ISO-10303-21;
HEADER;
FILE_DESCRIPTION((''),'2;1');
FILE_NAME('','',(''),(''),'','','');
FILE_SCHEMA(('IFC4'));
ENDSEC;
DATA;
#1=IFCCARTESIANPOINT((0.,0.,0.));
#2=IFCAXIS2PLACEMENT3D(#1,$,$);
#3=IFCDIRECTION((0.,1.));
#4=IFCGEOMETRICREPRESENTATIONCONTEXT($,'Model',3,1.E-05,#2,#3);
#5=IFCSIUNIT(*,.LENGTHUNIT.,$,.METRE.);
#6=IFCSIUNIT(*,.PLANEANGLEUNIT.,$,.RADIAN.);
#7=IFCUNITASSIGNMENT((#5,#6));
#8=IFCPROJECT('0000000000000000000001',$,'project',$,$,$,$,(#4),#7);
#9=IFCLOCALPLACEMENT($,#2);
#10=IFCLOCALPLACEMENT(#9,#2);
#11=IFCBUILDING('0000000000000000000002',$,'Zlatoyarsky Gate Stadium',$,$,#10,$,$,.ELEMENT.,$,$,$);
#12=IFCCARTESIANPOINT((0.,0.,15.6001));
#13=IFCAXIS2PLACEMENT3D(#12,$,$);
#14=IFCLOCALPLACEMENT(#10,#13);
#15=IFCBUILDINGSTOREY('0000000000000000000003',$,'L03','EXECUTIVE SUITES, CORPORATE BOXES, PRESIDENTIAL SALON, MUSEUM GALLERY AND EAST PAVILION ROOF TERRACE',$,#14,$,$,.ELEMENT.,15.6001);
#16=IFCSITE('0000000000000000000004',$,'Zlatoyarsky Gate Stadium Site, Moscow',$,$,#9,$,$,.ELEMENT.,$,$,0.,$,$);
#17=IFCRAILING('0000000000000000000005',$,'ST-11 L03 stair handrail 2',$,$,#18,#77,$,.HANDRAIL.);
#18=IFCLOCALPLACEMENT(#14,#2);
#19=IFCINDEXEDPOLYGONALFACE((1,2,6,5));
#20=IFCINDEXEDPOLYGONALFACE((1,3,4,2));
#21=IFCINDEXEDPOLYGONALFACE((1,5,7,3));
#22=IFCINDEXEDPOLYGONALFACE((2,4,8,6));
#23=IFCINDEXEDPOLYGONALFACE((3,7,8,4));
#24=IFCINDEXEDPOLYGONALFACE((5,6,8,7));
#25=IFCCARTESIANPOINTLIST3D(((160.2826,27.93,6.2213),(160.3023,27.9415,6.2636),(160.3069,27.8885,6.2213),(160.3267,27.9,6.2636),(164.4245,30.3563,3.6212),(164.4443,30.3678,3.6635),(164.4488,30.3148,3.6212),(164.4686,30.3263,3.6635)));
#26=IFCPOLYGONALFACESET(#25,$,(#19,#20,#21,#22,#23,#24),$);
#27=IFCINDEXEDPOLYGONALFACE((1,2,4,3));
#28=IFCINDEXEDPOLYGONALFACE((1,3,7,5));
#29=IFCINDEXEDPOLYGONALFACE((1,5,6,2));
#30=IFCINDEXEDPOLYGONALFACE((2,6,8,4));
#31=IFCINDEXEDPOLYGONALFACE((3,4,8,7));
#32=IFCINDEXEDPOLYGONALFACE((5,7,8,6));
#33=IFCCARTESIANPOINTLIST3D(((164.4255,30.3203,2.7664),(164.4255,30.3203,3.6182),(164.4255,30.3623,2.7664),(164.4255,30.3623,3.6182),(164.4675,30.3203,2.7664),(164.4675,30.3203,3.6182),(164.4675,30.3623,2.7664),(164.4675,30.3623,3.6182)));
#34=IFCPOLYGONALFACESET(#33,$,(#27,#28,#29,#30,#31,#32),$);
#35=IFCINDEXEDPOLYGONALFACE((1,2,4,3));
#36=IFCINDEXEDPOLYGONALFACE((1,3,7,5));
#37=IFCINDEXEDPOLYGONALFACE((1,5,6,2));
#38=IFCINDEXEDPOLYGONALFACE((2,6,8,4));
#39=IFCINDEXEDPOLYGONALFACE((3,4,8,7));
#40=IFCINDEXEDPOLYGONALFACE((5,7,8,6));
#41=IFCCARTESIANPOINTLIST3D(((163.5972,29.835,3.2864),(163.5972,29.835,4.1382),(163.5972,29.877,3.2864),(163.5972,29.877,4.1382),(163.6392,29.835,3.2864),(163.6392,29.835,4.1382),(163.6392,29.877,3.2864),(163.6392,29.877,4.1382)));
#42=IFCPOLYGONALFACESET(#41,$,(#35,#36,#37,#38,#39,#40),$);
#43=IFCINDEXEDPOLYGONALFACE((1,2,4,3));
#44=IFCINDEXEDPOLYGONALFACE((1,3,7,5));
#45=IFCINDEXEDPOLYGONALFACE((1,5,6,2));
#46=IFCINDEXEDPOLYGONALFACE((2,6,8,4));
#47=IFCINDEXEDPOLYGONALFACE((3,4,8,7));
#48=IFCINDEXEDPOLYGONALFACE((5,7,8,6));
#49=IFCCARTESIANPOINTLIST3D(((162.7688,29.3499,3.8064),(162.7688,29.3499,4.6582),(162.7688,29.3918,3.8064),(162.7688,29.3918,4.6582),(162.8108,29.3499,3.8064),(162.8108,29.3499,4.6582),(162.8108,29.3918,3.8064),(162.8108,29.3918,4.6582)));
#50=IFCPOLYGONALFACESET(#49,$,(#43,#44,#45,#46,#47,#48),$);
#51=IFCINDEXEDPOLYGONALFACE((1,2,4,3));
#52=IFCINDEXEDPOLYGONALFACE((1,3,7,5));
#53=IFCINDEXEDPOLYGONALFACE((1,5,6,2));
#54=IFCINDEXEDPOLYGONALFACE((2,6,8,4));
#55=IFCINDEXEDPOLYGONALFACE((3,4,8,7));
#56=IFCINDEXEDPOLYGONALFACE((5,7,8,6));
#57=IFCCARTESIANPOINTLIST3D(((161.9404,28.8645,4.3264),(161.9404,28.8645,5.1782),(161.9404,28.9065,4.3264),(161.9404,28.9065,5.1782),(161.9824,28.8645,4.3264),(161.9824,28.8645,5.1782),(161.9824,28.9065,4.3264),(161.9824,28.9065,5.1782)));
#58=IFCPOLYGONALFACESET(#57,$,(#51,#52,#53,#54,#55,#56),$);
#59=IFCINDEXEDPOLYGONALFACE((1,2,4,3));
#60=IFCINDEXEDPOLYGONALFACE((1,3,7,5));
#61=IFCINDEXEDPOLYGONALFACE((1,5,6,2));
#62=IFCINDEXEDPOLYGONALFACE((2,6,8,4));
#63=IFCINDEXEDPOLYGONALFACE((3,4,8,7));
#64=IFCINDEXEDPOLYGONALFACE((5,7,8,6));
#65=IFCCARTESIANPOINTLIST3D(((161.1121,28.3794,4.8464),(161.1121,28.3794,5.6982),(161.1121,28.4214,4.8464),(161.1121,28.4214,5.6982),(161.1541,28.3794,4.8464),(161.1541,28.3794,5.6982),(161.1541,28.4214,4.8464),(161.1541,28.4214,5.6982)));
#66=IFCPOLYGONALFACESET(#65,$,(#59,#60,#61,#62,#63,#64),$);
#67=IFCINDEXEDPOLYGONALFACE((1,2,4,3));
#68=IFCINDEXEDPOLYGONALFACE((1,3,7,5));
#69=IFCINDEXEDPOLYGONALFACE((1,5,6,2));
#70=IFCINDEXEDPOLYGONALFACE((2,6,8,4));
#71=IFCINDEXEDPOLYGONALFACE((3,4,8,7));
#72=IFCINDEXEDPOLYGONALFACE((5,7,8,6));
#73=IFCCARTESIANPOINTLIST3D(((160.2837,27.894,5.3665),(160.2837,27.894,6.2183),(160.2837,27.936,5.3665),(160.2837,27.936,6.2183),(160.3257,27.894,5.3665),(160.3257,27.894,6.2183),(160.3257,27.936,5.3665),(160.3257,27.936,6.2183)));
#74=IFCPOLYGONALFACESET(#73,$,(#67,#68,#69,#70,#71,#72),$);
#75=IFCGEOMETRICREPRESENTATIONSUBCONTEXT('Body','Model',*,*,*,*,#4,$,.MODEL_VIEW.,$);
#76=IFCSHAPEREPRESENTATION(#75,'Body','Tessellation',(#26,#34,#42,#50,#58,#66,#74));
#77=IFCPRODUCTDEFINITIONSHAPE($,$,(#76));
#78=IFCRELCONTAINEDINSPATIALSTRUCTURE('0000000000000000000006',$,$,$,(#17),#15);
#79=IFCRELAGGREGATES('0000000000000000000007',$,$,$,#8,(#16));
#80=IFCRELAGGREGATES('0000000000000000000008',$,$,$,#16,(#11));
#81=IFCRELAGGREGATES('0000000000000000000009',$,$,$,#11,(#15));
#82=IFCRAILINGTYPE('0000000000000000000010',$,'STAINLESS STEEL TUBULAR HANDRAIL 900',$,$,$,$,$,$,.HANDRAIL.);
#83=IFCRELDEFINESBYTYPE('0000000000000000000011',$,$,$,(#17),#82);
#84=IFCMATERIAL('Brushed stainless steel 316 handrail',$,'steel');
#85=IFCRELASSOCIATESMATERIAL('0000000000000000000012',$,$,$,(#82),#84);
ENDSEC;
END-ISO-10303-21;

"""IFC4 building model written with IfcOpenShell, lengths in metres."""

from ifc_helpers import new_model, si_unit, direction, frame, origin, origin_2d, place, context, subcontext, project, spatial, rectangle, extrude, material, type_object, element, save


model = new_model("IFC4")

# Units and contexts
model_context = context("Model", 3, precision=1e-05, world=origin(), true_north=direction((0.0, 1.0)))
body_context = subcontext(model_context, "Body", "Model", "MODEL_VIEW")
ifc_project = project(units=[si_unit("LENGTHUNIT", "METRE"), si_unit("PLANEANGLEUNIT", "RADIAN")], contexts=[model_context])

# Site, building, storey
site_placement = place(None, origin())
site = spatial("IfcSite", under=ifc_project, at=site_placement, Name="Zlatoyarsky Gate Stadium Site, Moscow", CompositionType="ELEMENT", RefElevation=0.0)
building_placement = place(site_placement, origin())
building = spatial("IfcBuilding", under=site, at=building_placement, Name="Zlatoyarsky Gate Stadium", CompositionType="ELEMENT")
storey_placement = place(building_placement, frame((0.0, 0.0, 15.6001)))
storey = spatial("IfcBuildingStorey", under=building, at=storey_placement, Name="L03", Description="EXECUTIVE SUITES, CORPORATE BOXES, PRESIDENTIAL SALON, MUSEUM GALLERY AND EAST PAVILION ROOF TERRACE", CompositionType="ELEMENT", Elevation=15.6001)

# Railing
ifc_material_1 = material(Name="Brushed stainless steel 316 handrail", Category="steel")
railing_type_1 = type_object("IfcRailingType", Name="STAINLESS STEEL TUBULAR HANDRAIL 900", PredefinedType="HANDRAIL", material=ifc_material_1)
railing_1_placement = place(storey_placement, frame((164.4465, 30.3413, 2.7664)))
element("IfcRailing", 1, at=railing_1_placement, inside=storey, type_object=railing_type_1, Name="ST-11 L03 stair handrail 2", PredefinedType="HANDRAIL", context=body_context, shape_type="SweptSolid", body=[
    extrude(rectangle(XDim=0.0481, YDim=0.0481, at=origin_2d()), frame((0.0, 0.0, 0.876), z_axis=(-0.7587, -0.444442, 0.476284), x_axis=(0.505455, -0.862853, 0.0)), (0.0, 0.0, 1.0), 5.4592),
    extrude(rectangle(XDim=0.042, YDim=0.042, at=origin_2d()), origin(), (0.0, 0.0, 1.0), 0.8518),
    extrude(rectangle(XDim=0.042, YDim=0.042, at=origin_2d()), frame((-0.8284, -0.4854, 0.52)), (0.0, 0.0, 1.0), 0.8518),
    extrude(rectangle(XDim=0.042, YDim=0.042, at=origin_2d()), frame((-1.6567, -0.9705, 1.04)), (0.0, 0.0, 1.0), 0.8518),
    extrude(rectangle(XDim=0.042, YDim=0.042, at=origin_2d()), frame((-2.4851, -1.4558, 1.5601)), (0.0, 0.0, 1.0), 0.8518),
    extrude(rectangle(XDim=0.042, YDim=0.042, at=origin_2d()), frame((-3.3135, -1.9409, 2.0801)), (0.0, 0.0, 1.0), 0.8518),
    extrude(rectangle(XDim=0.042, YDim=0.042, at=origin_2d()), frame((-4.1418, -2.4263, 2.6001)), (0.0, 0.0, 1.0), 0.8518),
])

save(model, "model.ifc")
